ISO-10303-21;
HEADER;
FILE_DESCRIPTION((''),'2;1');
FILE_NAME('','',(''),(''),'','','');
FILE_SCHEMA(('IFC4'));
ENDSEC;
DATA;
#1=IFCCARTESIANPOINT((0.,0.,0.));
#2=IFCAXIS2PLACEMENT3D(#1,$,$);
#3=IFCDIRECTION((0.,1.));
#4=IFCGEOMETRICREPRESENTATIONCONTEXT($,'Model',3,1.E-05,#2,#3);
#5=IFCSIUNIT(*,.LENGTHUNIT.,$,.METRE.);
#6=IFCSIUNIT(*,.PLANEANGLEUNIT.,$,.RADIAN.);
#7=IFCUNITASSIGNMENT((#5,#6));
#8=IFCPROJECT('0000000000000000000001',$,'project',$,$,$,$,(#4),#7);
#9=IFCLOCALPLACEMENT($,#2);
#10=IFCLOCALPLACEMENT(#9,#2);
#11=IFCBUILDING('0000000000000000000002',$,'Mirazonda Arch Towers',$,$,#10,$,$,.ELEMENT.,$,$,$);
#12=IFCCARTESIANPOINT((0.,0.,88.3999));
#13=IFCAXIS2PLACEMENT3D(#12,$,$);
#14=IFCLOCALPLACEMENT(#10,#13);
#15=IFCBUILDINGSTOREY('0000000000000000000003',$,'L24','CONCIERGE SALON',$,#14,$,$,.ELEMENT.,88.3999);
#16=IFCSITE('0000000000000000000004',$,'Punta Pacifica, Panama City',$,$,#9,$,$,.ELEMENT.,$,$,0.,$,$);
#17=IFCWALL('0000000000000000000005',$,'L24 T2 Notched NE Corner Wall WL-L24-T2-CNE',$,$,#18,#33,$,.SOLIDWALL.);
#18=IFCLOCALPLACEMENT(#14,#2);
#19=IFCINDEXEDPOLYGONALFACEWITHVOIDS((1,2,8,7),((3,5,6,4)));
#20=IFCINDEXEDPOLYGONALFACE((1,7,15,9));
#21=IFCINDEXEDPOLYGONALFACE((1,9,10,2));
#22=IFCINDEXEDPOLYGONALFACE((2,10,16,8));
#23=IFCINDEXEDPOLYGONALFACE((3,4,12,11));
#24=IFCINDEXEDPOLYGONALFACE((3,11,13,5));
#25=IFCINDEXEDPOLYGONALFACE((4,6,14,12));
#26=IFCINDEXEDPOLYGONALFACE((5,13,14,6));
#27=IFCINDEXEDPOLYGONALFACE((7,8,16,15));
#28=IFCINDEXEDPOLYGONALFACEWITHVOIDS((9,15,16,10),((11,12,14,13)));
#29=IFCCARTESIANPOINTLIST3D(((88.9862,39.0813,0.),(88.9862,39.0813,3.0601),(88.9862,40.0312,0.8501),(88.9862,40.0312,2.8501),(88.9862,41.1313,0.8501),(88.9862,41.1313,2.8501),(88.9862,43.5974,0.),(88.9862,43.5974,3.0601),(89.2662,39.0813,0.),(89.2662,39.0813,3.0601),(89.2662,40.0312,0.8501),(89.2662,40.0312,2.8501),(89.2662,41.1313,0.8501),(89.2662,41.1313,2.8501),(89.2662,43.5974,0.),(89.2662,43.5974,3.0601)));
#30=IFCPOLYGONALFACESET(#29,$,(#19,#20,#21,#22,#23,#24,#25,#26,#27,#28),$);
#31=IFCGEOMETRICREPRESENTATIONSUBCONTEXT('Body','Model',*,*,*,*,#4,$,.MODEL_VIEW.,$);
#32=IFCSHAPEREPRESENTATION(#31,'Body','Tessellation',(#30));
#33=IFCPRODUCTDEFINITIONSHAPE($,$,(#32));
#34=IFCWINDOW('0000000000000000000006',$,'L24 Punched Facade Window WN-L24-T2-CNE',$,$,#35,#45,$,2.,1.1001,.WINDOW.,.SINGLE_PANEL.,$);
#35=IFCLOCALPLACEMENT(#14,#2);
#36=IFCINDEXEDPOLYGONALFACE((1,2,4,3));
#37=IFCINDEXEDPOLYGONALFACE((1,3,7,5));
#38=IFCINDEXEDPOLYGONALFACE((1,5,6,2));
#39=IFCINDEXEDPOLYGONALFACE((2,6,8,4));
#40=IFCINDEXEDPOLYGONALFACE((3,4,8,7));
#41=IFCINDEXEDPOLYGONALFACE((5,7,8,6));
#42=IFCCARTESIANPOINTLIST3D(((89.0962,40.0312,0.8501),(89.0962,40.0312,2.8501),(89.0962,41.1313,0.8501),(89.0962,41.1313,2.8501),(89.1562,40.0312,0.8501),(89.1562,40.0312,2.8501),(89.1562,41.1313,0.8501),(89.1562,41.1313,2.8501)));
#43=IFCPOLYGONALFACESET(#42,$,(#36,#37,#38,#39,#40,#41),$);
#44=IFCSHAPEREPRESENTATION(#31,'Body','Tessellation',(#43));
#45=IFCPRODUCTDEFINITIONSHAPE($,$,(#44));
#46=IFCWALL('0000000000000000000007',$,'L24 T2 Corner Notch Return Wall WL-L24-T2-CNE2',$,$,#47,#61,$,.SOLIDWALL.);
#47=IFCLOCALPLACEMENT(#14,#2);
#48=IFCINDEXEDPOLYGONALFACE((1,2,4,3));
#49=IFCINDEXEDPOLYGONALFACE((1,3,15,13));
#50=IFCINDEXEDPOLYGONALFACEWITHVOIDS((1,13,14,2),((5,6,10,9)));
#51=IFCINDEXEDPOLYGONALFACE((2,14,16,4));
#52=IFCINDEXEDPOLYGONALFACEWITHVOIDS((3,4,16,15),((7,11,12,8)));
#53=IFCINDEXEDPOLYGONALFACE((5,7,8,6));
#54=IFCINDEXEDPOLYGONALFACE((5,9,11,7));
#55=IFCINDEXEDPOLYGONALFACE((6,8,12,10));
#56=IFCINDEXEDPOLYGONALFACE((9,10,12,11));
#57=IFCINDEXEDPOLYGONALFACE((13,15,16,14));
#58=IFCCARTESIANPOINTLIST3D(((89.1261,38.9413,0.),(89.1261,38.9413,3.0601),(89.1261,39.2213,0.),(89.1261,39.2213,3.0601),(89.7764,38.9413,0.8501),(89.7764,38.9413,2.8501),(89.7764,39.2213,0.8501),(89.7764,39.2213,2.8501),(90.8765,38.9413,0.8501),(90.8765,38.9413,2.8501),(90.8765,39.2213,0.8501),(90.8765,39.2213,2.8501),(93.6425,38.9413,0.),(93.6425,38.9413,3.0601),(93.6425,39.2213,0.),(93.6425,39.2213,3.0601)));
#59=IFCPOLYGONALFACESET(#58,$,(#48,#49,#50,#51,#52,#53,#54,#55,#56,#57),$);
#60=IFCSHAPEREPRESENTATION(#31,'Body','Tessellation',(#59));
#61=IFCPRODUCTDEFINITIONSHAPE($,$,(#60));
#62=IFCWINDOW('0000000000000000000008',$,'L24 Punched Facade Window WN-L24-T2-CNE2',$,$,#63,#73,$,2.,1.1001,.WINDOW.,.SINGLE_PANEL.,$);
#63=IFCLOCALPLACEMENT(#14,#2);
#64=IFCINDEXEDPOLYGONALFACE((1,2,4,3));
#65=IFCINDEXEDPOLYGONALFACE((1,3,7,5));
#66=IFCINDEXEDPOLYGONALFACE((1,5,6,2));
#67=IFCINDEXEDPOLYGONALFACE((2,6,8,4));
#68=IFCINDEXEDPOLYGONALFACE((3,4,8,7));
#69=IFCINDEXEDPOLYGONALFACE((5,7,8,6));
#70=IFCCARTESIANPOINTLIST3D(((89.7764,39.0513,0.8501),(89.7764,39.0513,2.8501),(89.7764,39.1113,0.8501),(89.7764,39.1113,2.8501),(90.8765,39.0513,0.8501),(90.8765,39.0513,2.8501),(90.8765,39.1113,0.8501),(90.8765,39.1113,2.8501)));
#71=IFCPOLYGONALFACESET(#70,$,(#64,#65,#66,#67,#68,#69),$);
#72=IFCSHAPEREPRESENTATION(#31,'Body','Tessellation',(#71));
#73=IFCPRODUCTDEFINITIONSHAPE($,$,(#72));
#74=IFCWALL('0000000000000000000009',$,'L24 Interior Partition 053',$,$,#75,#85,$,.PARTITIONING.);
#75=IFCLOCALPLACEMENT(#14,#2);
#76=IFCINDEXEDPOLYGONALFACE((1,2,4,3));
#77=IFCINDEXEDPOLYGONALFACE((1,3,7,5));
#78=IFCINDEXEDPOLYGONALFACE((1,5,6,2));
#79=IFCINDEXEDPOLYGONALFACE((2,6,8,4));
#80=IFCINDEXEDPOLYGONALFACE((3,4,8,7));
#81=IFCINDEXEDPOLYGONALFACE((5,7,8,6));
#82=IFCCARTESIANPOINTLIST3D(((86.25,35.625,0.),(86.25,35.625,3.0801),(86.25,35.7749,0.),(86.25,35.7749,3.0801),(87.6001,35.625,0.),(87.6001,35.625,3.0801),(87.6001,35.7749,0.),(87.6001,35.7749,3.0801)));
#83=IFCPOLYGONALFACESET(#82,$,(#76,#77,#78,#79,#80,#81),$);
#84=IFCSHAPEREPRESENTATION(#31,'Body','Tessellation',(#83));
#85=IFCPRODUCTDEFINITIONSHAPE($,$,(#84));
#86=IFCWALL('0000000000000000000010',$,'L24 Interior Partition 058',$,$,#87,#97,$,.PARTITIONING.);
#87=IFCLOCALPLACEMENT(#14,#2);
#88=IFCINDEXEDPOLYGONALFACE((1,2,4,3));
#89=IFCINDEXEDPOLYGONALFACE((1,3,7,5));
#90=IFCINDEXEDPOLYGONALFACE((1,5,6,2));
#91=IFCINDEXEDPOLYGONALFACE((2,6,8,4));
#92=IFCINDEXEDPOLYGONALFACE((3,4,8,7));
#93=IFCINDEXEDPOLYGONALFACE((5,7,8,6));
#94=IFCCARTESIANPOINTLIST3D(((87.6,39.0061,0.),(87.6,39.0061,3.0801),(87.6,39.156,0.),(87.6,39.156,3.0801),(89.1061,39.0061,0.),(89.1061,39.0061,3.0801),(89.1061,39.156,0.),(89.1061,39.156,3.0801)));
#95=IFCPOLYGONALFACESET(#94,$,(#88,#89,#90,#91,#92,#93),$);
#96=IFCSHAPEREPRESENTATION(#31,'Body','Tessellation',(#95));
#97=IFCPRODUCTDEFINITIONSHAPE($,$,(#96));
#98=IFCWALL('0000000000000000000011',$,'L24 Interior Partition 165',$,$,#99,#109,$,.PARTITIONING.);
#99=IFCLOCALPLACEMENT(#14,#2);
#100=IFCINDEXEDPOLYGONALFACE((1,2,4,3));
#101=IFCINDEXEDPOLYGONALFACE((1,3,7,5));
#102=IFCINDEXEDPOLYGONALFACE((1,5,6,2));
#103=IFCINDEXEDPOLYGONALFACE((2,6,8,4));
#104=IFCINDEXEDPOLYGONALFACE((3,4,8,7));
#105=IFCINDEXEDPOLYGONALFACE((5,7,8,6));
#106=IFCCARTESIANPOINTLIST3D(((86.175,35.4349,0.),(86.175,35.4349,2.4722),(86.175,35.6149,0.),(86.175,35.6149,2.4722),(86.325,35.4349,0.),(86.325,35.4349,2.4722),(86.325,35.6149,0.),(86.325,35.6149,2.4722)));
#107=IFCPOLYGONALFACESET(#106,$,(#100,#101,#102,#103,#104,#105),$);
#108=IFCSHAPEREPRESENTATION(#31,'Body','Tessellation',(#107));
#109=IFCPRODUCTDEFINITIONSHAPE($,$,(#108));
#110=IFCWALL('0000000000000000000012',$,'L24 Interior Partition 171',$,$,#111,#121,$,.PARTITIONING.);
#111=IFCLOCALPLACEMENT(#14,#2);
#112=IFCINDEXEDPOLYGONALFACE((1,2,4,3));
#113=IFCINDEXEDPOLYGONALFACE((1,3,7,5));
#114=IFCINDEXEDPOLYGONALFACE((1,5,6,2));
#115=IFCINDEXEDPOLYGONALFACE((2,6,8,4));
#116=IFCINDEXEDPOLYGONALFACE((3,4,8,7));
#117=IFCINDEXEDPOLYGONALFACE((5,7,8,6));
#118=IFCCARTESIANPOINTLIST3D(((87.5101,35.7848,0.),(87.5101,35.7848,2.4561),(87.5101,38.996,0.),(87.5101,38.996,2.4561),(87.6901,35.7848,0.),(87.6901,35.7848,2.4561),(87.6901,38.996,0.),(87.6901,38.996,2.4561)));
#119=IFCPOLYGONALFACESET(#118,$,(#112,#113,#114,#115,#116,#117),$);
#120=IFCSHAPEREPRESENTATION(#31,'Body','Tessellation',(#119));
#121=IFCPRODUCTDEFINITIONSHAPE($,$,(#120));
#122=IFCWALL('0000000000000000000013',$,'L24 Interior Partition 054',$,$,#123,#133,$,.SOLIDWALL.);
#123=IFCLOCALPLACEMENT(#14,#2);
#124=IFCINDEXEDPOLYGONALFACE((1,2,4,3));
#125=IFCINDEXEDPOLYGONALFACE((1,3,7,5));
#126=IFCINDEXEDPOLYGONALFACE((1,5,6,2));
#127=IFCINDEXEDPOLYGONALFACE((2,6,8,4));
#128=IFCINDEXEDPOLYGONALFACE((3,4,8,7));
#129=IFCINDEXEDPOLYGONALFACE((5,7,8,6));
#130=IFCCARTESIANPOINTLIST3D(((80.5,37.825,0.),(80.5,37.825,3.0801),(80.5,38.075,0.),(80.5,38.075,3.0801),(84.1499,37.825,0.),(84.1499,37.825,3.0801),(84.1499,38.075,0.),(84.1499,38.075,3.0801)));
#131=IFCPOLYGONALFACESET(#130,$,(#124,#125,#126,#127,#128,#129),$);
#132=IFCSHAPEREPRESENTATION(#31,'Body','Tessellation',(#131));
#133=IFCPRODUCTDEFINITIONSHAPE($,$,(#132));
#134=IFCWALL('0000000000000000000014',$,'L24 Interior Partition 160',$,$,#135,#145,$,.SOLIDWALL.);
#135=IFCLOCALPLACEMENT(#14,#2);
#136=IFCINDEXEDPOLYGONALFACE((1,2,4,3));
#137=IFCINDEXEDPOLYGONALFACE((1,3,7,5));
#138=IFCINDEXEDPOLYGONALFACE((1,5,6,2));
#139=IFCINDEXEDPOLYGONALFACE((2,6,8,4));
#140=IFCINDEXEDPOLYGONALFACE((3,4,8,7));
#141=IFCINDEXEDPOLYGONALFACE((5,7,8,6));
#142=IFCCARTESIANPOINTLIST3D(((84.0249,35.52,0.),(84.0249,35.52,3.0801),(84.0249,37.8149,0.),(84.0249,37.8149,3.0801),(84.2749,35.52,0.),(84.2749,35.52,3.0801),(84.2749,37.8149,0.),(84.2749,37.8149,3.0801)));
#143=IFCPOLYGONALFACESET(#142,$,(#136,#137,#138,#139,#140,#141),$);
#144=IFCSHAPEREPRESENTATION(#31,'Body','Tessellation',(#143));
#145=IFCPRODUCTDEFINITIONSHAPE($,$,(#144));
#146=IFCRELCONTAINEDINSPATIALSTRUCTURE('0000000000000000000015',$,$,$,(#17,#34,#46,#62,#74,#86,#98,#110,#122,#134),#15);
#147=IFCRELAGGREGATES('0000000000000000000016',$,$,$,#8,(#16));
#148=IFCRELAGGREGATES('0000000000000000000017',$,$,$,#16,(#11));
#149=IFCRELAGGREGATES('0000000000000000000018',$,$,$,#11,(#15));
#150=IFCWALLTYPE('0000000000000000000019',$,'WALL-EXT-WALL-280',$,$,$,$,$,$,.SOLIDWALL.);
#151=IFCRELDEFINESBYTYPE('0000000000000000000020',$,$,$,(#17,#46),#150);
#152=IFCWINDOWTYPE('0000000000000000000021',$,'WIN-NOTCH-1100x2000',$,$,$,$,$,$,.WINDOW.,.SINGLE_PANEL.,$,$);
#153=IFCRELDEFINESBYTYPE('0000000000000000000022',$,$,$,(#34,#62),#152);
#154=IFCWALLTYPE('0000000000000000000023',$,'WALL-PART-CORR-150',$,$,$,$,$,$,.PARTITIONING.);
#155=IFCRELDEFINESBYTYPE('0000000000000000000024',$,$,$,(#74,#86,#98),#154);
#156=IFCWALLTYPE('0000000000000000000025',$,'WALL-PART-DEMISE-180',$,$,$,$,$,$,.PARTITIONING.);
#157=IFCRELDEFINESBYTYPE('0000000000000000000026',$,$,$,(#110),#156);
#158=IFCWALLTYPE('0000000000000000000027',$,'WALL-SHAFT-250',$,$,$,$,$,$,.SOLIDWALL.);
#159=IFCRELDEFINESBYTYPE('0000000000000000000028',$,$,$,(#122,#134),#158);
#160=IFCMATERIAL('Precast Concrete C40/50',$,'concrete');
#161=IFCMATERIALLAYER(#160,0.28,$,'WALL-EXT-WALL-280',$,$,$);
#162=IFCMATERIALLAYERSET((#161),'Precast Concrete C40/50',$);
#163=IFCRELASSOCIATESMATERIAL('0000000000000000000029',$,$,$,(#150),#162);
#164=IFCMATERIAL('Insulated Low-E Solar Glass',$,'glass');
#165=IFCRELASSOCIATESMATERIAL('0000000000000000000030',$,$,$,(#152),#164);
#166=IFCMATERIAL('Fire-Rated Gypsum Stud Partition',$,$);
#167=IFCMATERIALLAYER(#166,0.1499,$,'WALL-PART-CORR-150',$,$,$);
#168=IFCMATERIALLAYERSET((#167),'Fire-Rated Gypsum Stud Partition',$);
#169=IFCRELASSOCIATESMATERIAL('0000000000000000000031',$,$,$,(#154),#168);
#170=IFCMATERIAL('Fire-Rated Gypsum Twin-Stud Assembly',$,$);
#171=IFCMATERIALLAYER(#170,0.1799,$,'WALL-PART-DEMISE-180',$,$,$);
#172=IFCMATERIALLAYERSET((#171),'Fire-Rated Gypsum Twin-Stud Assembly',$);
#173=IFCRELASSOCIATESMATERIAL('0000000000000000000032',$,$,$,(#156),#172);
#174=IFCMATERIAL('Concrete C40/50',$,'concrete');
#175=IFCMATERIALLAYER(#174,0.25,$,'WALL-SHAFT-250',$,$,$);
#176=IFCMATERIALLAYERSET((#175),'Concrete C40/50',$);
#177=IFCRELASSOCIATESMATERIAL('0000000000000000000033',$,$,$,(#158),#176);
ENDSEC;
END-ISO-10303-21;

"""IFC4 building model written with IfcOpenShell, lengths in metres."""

from ifc_helpers import new_model, si_unit, direction, frame, frame_2d, origin, place, context, subcontext, project, spatial, rectangle, extrude, material, layer, layer_set, type_object, element, fill, save


model = new_model("IFC4")

# Units and contexts
model_context = context("Model", 3, precision=1e-05, world=origin(), true_north=direction((0.0, 1.0)))
body_context = subcontext(model_context, "Body", "Model", "MODEL_VIEW")
ifc_project = project(units=[si_unit("LENGTHUNIT", "METRE"), si_unit("PLANEANGLEUNIT", "RADIAN")], contexts=[model_context])

# Site, building, storey
site_placement = place(None, origin())
site = spatial("IfcSite", under=ifc_project, at=site_placement, Name="Punta Pacifica, Panama City", CompositionType="ELEMENT", RefElevation=0.0)
building_placement = place(site_placement, origin())
building = spatial("IfcBuilding", under=site, at=building_placement, Name="Mirazonda Arch Towers", CompositionType="ELEMENT")
storey_placement = place(building_placement, frame((0.0, 0.0, 88.3999)))
storey = spatial("IfcBuildingStorey", under=building, at=storey_placement, Name="L24", Description="CONCIERGE SALON", CompositionType="ELEMENT", Elevation=88.3999)

# Shared definitions
ifc_material_1 = material(Name="Insulated Low-E Solar Glass", Category="glass")

# Walls, openings, windows
ifc_material_2 = material(Name="Precast Concrete C40/50", Category="concrete")
ifc_layer_1 = layer(ifc_material_2, 0.28, Name="WALL-EXT-WALL-280")
ifc_layer_set_1 = layer_set([ifc_layer_1], Name="Precast Concrete C40/50")
wall_type_1 = type_object("IfcWallType", Name="WALL-EXT-WALL-280", PredefinedType="SOLIDWALL", material=ifc_layer_set_1)
wall_1_placement = place(storey_placement, frame((89.1262, 39.0813, 0.0), z_axis=(0.0, 0.0, 1.0), x_axis=(0.0, 1.0, 0.0)))
wall_1 = element("IfcWall", 1, at=wall_1_placement, inside=storey, type_object=wall_type_1, Name="L24 T2 Notched NE Corner Wall WL-L24-T2-CNE", PredefinedType="SOLIDWALL", context=body_context, shape_type="SweptSolid", body=[
    extrude(rectangle(XDim=4.5161, YDim=0.28, at=frame_2d((2.2581, 0.0))), origin(), (0.0, 0.0, 1.0), 3.0601),
])
opening_1_placement = place(wall_1_placement, frame((0.95, 0.0, 0.8501)))
opening_1 = element("IfcOpeningElement", 2, at=opening_1_placement, cuts=wall_1, PredefinedType="OPENING", context=body_context, shape_type="SweptSolid", body=[
    extrude(rectangle(XDim=1.1001, YDim=2.0, at=frame_2d((0.55, 1.0))), frame((0.0, 0.1499, 0.0), z_axis=(0.0, -1.0, 0.0), x_axis=(1.0, 0.0, 0.0)), (0.0, 0.0, 1.0), 0.3),
])
window_type = type_object("IfcWindowType", Name="WIN-NOTCH-1100x2000", PartitioningType="SINGLE_PANEL", PredefinedType="WINDOW", material=ifc_material_1)
window_1_placement = place(opening_1_placement, origin())
window_1 = element("IfcWindow", 3, at=window_1_placement, inside=storey, type_object=window_type, Name="L24 Punched Facade Window WN-L24-T2-CNE", OverallHeight=2.0, OverallWidth=1.1001, PartitioningType="SINGLE_PANEL", PredefinedType="WINDOW", context=body_context, shape_type="SweptSolid", body=[
    extrude(rectangle(XDim=1.1001, YDim=2.0, at=frame_2d((0.55, 1.0))), frame((0.0, 0.03, 0.0), z_axis=(0.0, -1.0, 0.0), x_axis=(1.0, 0.0, 0.0)), (0.0, 0.0, 1.0), 0.0601),
])
fill(opening_1, window_1)
wall_2_placement = place(storey_placement, frame((93.6426, 39.0813, 0.0), z_axis=(0.0, 0.0, 1.0), x_axis=(-1.0, 0.0, 0.0)))
wall_2 = element("IfcWall", 4, at=wall_2_placement, inside=storey, type_object=wall_type_1, Name="L24 T2 Corner Notch Return Wall WL-L24-T2-CNE2", PredefinedType="SOLIDWALL", context=body_context, shape_type="SweptSolid", body=[
    extrude(rectangle(XDim=4.5164, YDim=0.28, at=frame_2d((2.2583, 0.0))), origin(), (0.0, 0.0, 1.0), 3.0601),
])
opening_2_placement = place(wall_2_placement, frame((2.7661, 0.0, 0.8501)))
opening_2 = element("IfcOpeningElement", 5, at=opening_2_placement, cuts=wall_2, PredefinedType="OPENING", context=body_context, shape_type="SweptSolid", body=[
    extrude(rectangle(XDim=1.1001, YDim=2.0, at=frame_2d((0.55, 1.0))), frame((0.0, 0.1499, 0.0), z_axis=(0.0, -1.0, 0.0), x_axis=(1.0, 0.0, 0.0)), (0.0, 0.0, 1.0), 0.3),
])
window_2_placement = place(opening_2_placement, origin())
window_2 = element("IfcWindow", 6, at=window_2_placement, inside=storey, type_object=window_type, Name="L24 Punched Facade Window WN-L24-T2-CNE2", OverallHeight=2.0, OverallWidth=1.1001, PartitioningType="SINGLE_PANEL", PredefinedType="WINDOW", context=body_context, shape_type="SweptSolid", body=[
    extrude(rectangle(XDim=1.1001, YDim=2.0, at=frame_2d((0.55, 1.0))), frame((0.0, 0.03, 0.0), z_axis=(0.0, -1.0, 0.0), x_axis=(1.0, 0.0, 0.0)), (0.0, 0.0, 1.0), 0.0601),
])
fill(opening_2, window_2)

# Walls
ifc_material_3 = material(Name="Fire-Rated Gypsum Stud Partition")
ifc_layer_2 = layer(ifc_material_3, 0.1499, Name="WALL-PART-CORR-150")
ifc_layer_set_2 = layer_set([ifc_layer_2], Name="Fire-Rated Gypsum Stud Partition")
wall_type_2 = type_object("IfcWallType", Name="WALL-PART-CORR-150", PredefinedType="PARTITIONING", material=ifc_layer_set_2)
wall_3_placement = place(storey_placement, frame((86.25, 35.7, 0.0), z_axis=(0.0, 0.0, 1.0), x_axis=(1.0, 0.0, 0.0)))
element("IfcWall", 7, at=wall_3_placement, inside=storey, type_object=wall_type_2, Name="L24 Interior Partition 053", PredefinedType="PARTITIONING", context=body_context, shape_type="SweptSolid", body=[
    extrude(rectangle(XDim=1.3501, YDim=0.1499, at=frame_2d((0.675, 0.0))), origin(), (0.0, 0.0, 1.0), 3.0801),
])
wall_4_placement = place(storey_placement, frame((87.6001, 39.0811, 0.0), z_axis=(0.0, 0.0, 1.0), x_axis=(1.0, 0.0, 0.0)))
element("IfcWall", 8, at=wall_4_placement, inside=storey, type_object=wall_type_2, Name="L24 Interior Partition 058", PredefinedType="PARTITIONING", context=body_context, shape_type="SweptSolid", body=[
    extrude(rectangle(XDim=1.5061, YDim=0.1499, at=frame_2d((0.7529, 0.0))), origin(), (0.0, 0.0, 1.0), 3.0801),
])
wall_5_placement = place(storey_placement, frame((86.25, 35.4351, 0.0), z_axis=(0.0, 0.0, 1.0), x_axis=(0.0, 1.0, 0.0)))
element("IfcWall", 9, at=wall_5_placement, inside=storey, type_object=wall_type_2, Name="L24 Interior Partition 165", PredefinedType="PARTITIONING", context=body_context, shape_type="SweptSolid", body=[
    extrude(rectangle(XDim=0.1799, YDim=0.1499, at=frame_2d((0.0898, 0.0))), origin(), (0.0, 0.0, 1.0), 2.4722),
])
ifc_material_4 = material(Name="Fire-Rated Gypsum Twin-Stud Assembly")
ifc_layer_3 = layer(ifc_material_4, 0.1799, Name="WALL-PART-DEMISE-180")
ifc_layer_set_3 = layer_set([ifc_layer_3], Name="Fire-Rated Gypsum Twin-Stud Assembly")
wall_type_3 = type_object("IfcWallType", Name="WALL-PART-DEMISE-180", PredefinedType="PARTITIONING", material=ifc_layer_set_3)
wall_6_placement = place(storey_placement, frame((87.6001, 35.7849, 0.0), z_axis=(0.0, 0.0, 1.0), x_axis=(0.0, 1.0, 0.0)))
element("IfcWall", 10, at=wall_6_placement, inside=storey, type_object=wall_type_3, Name="L24 Interior Partition 171", PredefinedType="PARTITIONING", context=body_context, shape_type="SweptSolid", body=[
    extrude(rectangle(XDim=3.2112, YDim=0.1799, at=frame_2d((1.6055, 0.0))), origin(), (0.0, 0.0, 1.0), 2.4561),
])
ifc_material_5 = material(Name="Concrete C40/50", Category="concrete")
ifc_layer_4 = layer(ifc_material_5, 0.25, Name="WALL-SHAFT-250")
ifc_layer_set_4 = layer_set([ifc_layer_4], Name="Concrete C40/50")
wall_type_4 = type_object("IfcWallType", Name="WALL-SHAFT-250", PredefinedType="SOLIDWALL", material=ifc_layer_set_4)
wall_7_placement = place(storey_placement, frame((80.5, 37.95, 0.0), z_axis=(0.0, 0.0, 1.0), x_axis=(1.0, 0.0, 0.0)))
element("IfcWall", 11, at=wall_7_placement, inside=storey, type_object=wall_type_4, Name="L24 Interior Partition 054", PredefinedType="SOLIDWALL", context=body_context, shape_type="SweptSolid", body=[
    extrude(rectangle(XDim=3.6499, YDim=0.25, at=frame_2d((1.825, 0.0))), origin(), (0.0, 0.0, 1.0), 3.0801),
])
wall_8_placement = place(storey_placement, frame((84.1499, 35.52, 0.0), z_axis=(0.0, 0.0, 1.0), x_axis=(0.0, 1.0, 0.0)))
element("IfcWall", 12, at=wall_8_placement, inside=storey, type_object=wall_type_4, Name="L24 Interior Partition 160", PredefinedType="SOLIDWALL", context=body_context, shape_type="SweptSolid", body=[
    extrude(rectangle(XDim=2.2949, YDim=0.25, at=frame_2d((1.1475, 0.0))), origin(), (0.0, 0.0, 1.0), 3.0801),
])

save(model, "model.ifc")
